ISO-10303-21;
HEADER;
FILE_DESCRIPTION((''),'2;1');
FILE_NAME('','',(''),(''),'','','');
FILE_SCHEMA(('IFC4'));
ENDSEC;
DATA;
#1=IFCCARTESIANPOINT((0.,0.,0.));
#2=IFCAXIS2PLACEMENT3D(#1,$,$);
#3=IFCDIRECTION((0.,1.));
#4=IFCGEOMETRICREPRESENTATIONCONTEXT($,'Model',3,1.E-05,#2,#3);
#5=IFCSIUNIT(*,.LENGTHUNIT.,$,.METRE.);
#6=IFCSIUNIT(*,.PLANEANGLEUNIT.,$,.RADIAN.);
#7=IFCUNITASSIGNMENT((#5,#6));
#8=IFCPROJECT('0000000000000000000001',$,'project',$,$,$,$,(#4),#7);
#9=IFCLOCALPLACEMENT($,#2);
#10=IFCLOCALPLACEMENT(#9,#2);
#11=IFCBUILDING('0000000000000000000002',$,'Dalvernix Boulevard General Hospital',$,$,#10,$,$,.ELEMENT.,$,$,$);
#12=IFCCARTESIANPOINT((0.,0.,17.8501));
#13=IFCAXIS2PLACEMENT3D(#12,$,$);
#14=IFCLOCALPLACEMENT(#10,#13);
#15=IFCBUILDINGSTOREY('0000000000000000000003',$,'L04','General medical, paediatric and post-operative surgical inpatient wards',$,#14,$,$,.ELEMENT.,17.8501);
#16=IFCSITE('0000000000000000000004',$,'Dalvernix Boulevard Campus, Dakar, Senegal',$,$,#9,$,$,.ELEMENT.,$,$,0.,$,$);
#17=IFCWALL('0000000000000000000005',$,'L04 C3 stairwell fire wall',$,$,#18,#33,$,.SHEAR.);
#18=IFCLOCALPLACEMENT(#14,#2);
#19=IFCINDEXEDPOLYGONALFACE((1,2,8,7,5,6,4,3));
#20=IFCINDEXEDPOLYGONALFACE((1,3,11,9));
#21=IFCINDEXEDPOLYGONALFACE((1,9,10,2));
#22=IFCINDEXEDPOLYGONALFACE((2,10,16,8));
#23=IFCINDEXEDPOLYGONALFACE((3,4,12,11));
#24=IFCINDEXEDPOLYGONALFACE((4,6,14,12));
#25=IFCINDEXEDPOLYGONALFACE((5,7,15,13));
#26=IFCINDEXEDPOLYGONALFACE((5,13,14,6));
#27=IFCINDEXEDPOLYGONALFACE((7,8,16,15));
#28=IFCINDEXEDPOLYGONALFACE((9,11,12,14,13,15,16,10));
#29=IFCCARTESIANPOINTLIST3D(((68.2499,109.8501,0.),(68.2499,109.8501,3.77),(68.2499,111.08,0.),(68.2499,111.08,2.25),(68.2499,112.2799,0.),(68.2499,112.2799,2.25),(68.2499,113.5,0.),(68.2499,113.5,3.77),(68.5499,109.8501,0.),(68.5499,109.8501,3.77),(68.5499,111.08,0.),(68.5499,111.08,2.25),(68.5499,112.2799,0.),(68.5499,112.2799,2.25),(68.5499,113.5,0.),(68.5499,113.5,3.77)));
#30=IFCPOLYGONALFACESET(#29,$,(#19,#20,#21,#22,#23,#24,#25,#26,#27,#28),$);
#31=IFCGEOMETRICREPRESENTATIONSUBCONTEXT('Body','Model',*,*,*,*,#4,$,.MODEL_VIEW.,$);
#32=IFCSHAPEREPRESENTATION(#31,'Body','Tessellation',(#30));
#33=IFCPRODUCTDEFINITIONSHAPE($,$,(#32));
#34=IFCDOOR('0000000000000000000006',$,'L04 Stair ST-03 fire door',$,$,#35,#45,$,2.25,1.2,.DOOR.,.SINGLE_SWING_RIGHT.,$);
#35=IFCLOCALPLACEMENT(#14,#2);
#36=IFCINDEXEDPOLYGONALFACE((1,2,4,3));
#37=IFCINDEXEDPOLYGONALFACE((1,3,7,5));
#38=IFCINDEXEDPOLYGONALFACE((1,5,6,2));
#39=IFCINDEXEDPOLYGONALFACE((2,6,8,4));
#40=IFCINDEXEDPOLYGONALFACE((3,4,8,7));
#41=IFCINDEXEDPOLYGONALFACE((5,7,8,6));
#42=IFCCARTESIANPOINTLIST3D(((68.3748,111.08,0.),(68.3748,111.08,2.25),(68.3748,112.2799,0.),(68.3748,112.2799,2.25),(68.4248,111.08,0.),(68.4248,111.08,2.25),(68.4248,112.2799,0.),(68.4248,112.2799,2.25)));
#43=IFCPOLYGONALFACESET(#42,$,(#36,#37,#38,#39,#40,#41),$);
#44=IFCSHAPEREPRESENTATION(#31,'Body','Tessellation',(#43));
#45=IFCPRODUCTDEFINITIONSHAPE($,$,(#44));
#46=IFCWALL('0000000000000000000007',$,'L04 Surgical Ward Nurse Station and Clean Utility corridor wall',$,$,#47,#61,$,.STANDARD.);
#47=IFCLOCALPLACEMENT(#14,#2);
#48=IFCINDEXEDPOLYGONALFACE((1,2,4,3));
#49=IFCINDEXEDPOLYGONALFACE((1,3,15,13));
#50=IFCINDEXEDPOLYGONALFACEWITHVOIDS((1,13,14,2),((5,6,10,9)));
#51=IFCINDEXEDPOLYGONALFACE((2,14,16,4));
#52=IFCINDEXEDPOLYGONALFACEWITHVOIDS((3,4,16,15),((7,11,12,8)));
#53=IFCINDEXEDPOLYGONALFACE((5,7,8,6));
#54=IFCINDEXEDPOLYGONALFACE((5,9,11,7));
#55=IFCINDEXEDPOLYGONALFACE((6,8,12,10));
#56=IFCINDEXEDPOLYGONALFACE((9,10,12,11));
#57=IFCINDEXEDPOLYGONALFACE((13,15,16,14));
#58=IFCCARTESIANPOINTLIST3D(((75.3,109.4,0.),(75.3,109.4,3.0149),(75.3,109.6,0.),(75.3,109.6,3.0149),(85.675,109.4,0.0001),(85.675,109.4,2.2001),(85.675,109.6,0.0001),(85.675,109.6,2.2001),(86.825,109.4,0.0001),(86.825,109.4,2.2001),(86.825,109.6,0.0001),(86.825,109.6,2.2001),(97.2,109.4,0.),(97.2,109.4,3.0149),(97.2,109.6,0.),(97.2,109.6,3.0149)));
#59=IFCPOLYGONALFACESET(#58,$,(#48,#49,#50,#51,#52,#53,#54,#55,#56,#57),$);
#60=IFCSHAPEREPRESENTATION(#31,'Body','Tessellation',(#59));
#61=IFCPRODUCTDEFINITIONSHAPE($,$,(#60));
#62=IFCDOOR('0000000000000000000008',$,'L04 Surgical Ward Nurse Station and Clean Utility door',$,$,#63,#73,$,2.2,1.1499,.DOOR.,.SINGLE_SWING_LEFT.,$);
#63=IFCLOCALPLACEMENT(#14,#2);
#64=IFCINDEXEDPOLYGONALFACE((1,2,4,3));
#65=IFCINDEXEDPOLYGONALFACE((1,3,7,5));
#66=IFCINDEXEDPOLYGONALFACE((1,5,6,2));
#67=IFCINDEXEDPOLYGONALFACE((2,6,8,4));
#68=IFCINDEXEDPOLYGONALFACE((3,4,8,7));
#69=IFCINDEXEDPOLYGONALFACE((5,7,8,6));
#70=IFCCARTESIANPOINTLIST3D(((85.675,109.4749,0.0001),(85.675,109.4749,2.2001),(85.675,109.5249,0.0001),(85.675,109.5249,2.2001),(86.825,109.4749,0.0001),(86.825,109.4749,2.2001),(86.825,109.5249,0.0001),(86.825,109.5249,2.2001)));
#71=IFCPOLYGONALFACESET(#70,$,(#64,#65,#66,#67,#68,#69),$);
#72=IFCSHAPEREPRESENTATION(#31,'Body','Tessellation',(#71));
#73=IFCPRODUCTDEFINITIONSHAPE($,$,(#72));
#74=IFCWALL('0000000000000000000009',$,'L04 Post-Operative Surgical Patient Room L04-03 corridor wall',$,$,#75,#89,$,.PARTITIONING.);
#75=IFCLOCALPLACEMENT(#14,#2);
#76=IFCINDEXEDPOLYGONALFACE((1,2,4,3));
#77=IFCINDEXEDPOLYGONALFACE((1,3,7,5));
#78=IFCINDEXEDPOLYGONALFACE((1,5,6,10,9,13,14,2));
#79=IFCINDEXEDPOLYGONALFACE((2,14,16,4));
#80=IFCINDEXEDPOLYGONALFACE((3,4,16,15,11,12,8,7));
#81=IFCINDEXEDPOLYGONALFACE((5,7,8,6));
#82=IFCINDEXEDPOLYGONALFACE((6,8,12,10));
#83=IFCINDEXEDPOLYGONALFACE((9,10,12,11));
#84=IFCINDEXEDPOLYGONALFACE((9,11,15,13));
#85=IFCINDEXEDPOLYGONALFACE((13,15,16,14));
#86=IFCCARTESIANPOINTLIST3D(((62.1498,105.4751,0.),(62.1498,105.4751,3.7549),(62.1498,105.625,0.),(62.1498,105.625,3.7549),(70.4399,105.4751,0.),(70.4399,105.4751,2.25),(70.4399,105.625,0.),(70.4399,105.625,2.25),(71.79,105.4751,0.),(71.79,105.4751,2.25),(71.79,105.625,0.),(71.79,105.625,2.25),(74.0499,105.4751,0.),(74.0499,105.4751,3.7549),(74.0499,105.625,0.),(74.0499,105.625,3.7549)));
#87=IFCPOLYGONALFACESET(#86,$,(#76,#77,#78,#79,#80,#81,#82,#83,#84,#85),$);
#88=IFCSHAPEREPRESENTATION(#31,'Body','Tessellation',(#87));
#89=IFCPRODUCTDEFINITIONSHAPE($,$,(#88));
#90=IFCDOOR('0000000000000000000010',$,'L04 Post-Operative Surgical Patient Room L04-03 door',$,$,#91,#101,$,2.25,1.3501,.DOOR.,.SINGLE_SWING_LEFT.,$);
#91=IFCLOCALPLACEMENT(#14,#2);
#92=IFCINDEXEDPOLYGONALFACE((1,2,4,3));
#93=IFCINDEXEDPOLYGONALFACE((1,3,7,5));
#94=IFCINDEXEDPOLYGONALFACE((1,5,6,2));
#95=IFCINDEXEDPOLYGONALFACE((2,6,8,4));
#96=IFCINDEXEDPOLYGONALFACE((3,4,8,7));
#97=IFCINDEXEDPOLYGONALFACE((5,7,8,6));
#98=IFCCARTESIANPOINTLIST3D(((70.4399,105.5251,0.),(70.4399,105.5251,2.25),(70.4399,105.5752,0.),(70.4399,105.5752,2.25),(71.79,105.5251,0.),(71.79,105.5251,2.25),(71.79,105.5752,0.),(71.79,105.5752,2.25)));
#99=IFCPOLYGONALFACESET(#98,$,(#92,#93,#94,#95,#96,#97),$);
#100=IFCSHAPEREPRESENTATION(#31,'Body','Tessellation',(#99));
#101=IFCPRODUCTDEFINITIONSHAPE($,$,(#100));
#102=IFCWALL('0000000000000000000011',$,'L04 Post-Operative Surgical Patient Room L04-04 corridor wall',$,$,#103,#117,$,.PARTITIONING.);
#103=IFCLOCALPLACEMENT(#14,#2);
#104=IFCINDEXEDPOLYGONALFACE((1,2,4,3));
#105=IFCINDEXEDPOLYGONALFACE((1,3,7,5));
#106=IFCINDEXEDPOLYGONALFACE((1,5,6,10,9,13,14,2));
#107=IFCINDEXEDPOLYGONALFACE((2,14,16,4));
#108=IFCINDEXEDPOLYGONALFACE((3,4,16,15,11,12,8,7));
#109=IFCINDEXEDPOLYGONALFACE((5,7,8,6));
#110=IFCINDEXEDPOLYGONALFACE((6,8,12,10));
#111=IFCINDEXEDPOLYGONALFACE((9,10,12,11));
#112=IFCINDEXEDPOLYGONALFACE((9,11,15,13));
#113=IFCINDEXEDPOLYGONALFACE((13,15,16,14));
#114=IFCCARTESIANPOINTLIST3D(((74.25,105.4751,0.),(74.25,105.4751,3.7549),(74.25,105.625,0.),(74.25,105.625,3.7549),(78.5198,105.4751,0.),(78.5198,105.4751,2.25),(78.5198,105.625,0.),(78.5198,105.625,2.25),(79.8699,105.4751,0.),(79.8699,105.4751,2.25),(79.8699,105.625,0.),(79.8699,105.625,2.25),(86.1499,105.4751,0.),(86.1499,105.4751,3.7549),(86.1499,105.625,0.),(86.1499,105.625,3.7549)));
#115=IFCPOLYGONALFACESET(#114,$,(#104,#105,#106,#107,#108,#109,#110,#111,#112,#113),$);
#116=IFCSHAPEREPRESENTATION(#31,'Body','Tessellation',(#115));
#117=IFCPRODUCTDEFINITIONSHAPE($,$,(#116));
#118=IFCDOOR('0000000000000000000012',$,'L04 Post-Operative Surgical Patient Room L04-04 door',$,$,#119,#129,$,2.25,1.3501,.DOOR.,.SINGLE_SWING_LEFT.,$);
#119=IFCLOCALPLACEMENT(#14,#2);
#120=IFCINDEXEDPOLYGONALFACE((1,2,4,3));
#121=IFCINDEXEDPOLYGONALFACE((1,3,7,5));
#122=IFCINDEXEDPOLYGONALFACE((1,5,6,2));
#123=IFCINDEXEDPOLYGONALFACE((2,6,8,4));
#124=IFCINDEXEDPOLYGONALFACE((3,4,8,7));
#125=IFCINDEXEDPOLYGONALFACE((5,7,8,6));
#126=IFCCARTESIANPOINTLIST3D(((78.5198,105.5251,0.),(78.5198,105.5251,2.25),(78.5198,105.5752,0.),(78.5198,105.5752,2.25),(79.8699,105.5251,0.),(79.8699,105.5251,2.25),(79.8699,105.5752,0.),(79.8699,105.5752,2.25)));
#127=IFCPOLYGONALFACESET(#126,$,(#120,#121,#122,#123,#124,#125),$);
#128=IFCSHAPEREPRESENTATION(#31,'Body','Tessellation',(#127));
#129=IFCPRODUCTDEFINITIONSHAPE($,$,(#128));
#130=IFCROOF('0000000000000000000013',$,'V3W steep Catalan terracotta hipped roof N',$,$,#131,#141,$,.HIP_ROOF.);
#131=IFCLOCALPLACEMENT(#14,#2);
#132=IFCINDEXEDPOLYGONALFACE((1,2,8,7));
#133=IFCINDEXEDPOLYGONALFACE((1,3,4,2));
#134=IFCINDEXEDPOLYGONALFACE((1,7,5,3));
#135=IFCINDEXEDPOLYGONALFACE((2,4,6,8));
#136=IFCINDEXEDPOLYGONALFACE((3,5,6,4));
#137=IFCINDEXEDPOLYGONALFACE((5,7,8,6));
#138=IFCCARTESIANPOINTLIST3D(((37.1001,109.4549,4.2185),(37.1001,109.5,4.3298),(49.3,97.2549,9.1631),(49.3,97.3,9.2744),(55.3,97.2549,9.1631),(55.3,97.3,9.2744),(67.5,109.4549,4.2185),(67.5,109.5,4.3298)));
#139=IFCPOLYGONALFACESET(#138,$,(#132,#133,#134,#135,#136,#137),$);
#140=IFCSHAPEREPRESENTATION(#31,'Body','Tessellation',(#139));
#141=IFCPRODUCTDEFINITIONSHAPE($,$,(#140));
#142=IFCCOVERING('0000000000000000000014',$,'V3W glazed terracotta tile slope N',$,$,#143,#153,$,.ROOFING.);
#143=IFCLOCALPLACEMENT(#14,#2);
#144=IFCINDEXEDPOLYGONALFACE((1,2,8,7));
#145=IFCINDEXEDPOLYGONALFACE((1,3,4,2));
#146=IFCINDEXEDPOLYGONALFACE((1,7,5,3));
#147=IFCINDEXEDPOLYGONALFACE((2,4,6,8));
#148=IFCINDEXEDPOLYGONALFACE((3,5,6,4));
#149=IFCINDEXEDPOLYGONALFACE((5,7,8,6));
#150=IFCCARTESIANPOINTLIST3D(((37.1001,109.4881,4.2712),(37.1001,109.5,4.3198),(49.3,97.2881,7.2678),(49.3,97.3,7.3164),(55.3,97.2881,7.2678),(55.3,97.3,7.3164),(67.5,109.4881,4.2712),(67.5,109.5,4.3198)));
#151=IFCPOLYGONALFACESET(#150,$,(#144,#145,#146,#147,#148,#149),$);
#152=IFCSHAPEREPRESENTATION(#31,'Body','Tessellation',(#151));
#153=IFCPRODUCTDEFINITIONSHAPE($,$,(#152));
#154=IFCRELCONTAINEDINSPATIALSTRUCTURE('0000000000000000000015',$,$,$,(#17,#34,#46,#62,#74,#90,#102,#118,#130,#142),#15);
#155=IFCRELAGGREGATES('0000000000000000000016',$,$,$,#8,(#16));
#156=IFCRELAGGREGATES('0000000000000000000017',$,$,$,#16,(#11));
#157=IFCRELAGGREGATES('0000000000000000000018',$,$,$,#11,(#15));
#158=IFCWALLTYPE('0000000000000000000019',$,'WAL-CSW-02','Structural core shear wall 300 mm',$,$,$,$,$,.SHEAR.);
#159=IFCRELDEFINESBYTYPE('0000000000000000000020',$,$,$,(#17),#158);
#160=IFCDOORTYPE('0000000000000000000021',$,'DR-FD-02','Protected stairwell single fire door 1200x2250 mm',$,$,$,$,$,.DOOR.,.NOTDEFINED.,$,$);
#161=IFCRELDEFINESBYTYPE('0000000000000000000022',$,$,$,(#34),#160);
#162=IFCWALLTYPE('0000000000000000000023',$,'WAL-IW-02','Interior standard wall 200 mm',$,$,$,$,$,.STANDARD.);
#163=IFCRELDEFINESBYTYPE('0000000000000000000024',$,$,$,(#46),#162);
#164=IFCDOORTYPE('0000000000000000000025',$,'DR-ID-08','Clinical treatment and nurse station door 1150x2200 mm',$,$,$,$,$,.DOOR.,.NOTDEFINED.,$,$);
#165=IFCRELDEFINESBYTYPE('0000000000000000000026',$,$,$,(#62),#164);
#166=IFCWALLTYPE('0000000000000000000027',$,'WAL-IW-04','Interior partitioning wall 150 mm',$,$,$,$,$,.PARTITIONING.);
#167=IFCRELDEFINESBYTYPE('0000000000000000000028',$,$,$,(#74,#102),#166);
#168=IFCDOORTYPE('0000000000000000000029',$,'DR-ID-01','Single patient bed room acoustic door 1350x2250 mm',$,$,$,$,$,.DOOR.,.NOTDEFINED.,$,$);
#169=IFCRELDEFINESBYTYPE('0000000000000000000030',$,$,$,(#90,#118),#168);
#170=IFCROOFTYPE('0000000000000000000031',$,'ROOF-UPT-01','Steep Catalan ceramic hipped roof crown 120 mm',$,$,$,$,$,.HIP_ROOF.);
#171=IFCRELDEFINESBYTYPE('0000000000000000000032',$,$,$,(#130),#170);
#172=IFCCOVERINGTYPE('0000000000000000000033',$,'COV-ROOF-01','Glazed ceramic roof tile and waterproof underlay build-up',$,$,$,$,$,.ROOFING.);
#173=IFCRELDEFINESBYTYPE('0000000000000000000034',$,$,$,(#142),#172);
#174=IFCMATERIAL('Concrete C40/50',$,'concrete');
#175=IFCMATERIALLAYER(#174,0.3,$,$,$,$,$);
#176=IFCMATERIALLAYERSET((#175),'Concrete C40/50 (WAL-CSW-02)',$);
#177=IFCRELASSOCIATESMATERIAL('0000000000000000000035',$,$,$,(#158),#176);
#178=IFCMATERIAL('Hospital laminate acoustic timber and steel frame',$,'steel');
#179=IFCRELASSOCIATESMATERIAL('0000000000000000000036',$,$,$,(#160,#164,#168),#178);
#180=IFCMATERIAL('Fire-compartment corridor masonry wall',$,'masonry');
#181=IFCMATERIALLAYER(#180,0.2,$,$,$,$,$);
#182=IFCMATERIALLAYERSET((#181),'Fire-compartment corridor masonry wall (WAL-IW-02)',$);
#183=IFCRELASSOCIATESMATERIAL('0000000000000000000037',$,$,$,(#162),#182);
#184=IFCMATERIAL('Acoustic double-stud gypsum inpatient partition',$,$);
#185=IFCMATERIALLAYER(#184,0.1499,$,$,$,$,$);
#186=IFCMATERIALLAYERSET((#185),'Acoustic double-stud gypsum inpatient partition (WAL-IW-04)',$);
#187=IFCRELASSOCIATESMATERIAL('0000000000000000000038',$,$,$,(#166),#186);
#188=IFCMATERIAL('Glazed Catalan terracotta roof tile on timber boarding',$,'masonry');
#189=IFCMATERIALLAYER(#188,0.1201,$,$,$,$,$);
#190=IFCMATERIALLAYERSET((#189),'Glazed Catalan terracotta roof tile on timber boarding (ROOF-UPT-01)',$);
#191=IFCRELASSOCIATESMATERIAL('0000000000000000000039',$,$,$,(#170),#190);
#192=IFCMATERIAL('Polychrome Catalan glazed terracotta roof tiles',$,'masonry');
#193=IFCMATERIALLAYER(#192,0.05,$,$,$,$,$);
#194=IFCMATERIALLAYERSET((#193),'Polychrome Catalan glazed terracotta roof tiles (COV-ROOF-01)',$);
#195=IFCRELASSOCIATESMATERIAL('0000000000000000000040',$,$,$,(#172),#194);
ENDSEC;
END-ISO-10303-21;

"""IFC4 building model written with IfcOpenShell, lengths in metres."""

from ifc_helpers import new_model, si_unit, direction, frame, frame_2d, origin, place, context, subcontext, project, spatial, polyline, rectangle, outline, extrude, material, layer, layer_set, type_object, element, fill, save


model = new_model("IFC4")

# Units and contexts
model_context = context("Model", 3, precision=1e-05, world=origin(), true_north=direction((0.0, 1.0)))
body_context = subcontext(model_context, "Body", "Model", "MODEL_VIEW")
ifc_project = project(units=[si_unit("LENGTHUNIT", "METRE"), si_unit("PLANEANGLEUNIT", "RADIAN")], contexts=[model_context])

# Site, building, storey
site_placement = place(None, origin())
site = spatial("IfcSite", under=ifc_project, at=site_placement, Name="Dalvernix Boulevard Campus, Dakar, Senegal", CompositionType="ELEMENT", RefElevation=0.0)
building_placement = place(site_placement, origin())
building = spatial("IfcBuilding", under=site, at=building_placement, Name="Dalvernix Boulevard General Hospital", CompositionType="ELEMENT")
storey_placement = place(building_placement, frame((0.0, 0.0, 17.8501)))
storey = spatial("IfcBuildingStorey", under=building, at=storey_placement, Name="L04", Description="General medical, paediatric and post-operative surgical inpatient wards", CompositionType="ELEMENT", Elevation=17.8501)

# Shared definitions
ifc_material_1 = material(Name="Concrete C40/50", Category="concrete")

# Shared definitions
ifc_material_2 = material(Name="Hospital laminate acoustic timber and steel frame", Category="steel")

# Walls, openings, doors
ifc_layer_1 = layer(ifc_material_1, 0.3)
ifc_layer_set_1 = layer_set([ifc_layer_1], Name="Concrete C40/50 (WAL-CSW-02)")
wall_type_1 = type_object("IfcWallType", Name="WAL-CSW-02", Description="Structural core shear wall 300 mm", PredefinedType="SHEAR", material=ifc_layer_set_1)
wall_1_placement = place(storey_placement, frame((68.3999, 113.5, 0.0), z_axis=(0.0, 0.0, 1.0), x_axis=(0.0, -1.0, 0.0)))
wall_1 = element("IfcWall", 1, at=wall_1_placement, inside=storey, type_object=wall_type_1, Name="L04 C3 stairwell fire wall", PredefinedType="SHEAR", context=body_context, shape_type="SweptSolid", body=[
    extrude(rectangle(XDim=3.6499, YDim=0.3, at=frame_2d((1.825, 0.0))), origin(), (0.0, 0.0, 1.0), 3.77),
])
opening_1_placement = place(wall_1_placement, frame((1.22, 0.0, 0.0)))
opening_1 = element("IfcOpeningElement", 2, at=opening_1_placement, cuts=wall_1, PredefinedType="OPENING", context=body_context, shape_type="SweptSolid", body=[
    extrude(rectangle(XDim=1.2, YDim=2.25, at=frame_2d((0.6001, 1.125))), frame((0.0, 0.1599, 0.0), z_axis=(0.0, -1.0, 0.0), x_axis=(1.0, 0.0, 0.0)), (0.0, 0.0, 1.0), 0.3201),
])
door_type_1 = type_object("IfcDoorType", Name="DR-FD-02", Description="Protected stairwell single fire door 1200x2250 mm", OperationType="NOTDEFINED", PredefinedType="DOOR", material=ifc_material_2)
door_1_placement = place(opening_1_placement, origin())
door_1 = element("IfcDoor", 3, at=door_1_placement, inside=storey, type_object=door_type_1, Name="L04 Stair ST-03 fire door", OperationType="SINGLE_SWING_RIGHT", OverallHeight=2.25, OverallWidth=1.2, PredefinedType="DOOR", context=body_context, shape_type="SweptSolid", body=[
    extrude(rectangle(XDim=1.2, YDim=2.25, at=frame_2d((0.6001, 1.125))), frame((0.0, 0.0249, 0.0), z_axis=(0.0, -1.0, 0.0), x_axis=(1.0, 0.0, 0.0)), (0.0, 0.0, 1.0), 0.05),
])
fill(opening_1, door_1)
ifc_material_3 = material(Name="Fire-compartment corridor masonry wall", Category="masonry")
ifc_layer_2 = layer(ifc_material_3, 0.2)
ifc_layer_set_2 = layer_set([ifc_layer_2], Name="Fire-compartment corridor masonry wall (WAL-IW-02)")
wall_type_2 = type_object("IfcWallType", Name="WAL-IW-02", Description="Interior standard wall 200 mm", PredefinedType="STANDARD", material=ifc_layer_set_2)
wall_2_placement = place(storey_placement, frame((75.3, 109.5, 0.0), z_axis=(0.0, 0.0, 1.0), x_axis=(1.0, 0.0, 0.0)))
wall_2 = element("IfcWall", 4, at=wall_2_placement, inside=storey, type_object=wall_type_2, Name="L04 Surgical Ward Nurse Station and Clean Utility corridor wall", PredefinedType="STANDARD", context=body_context, shape_type="SweptSolid", body=[
    extrude(rectangle(XDim=21.8999, YDim=0.2, at=frame_2d((10.95, 0.0))), origin(), (0.0, 0.0, 1.0), 3.0149),
])
opening_2_placement = place(wall_2_placement, frame((10.375, 0.0, 0.0)))
opening_2 = element("IfcOpeningElement", 5, at=opening_2_placement, cuts=wall_2, PredefinedType="OPENING", context=body_context, shape_type="SweptSolid", body=[
    extrude(rectangle(XDim=1.1499, YDim=2.2, at=frame_2d((0.575, 1.1001))), frame((0.0, 0.1099, 0.0), z_axis=(0.0, -1.0, 0.0), x_axis=(1.0, 0.0, 0.0)), (0.0, 0.0, 1.0), 0.22),
])
door_type_2 = type_object("IfcDoorType", Name="DR-ID-08", Description="Clinical treatment and nurse station door 1150x2200 mm", OperationType="NOTDEFINED", PredefinedType="DOOR", material=ifc_material_2)
door_2_placement = place(opening_2_placement, origin())
door_2 = element("IfcDoor", 6, at=door_2_placement, inside=storey, type_object=door_type_2, Name="L04 Surgical Ward Nurse Station and Clean Utility door", OperationType="SINGLE_SWING_LEFT", OverallHeight=2.2, OverallWidth=1.1499, PredefinedType="DOOR", context=body_context, shape_type="SweptSolid", body=[
    extrude(rectangle(XDim=1.1499, YDim=2.2, at=frame_2d((0.575, 1.1001))), frame((0.0, 0.0249, 0.0), z_axis=(0.0, -1.0, 0.0), x_axis=(1.0, 0.0, 0.0)), (0.0, 0.0, 1.0), 0.05),
])
fill(opening_2, door_2)
ifc_material_4 = material(Name="Acoustic double-stud gypsum inpatient partition")
ifc_layer_3 = layer(ifc_material_4, 0.1499)
ifc_layer_set_3 = layer_set([ifc_layer_3], Name="Acoustic double-stud gypsum inpatient partition (WAL-IW-04)")
wall_type_3 = type_object("IfcWallType", Name="WAL-IW-04", Description="Interior partitioning wall 150 mm", PredefinedType="PARTITIONING", material=ifc_layer_set_3)
wall_3_placement = place(storey_placement, frame((74.05, 105.55, 0.0), z_axis=(0.0, 0.0, 1.0), x_axis=(-1.0, 0.0, 0.0)))
wall_3 = element("IfcWall", 7, at=wall_3_placement, inside=storey, type_object=wall_type_3, Name="L04 Post-Operative Surgical Patient Room L04-03 corridor wall", PredefinedType="PARTITIONING", context=body_context, shape_type="SweptSolid", body=[
    extrude(rectangle(XDim=11.9001, YDim=0.1499, at=frame_2d((5.9502, 0.0))), origin(), (0.0, 0.0, 1.0), 3.7549),
])
opening_3_placement = place(wall_3_placement, frame((2.26, 0.0, 0.0)))
opening_3 = element("IfcOpeningElement", 8, at=opening_3_placement, cuts=wall_3, PredefinedType="OPENING", context=body_context, shape_type="SweptSolid", body=[
    extrude(rectangle(XDim=1.3501, YDim=2.25, at=frame_2d((0.675, 1.125))), frame((0.0, 0.085, 0.0), z_axis=(0.0, -1.0, 0.0), x_axis=(1.0, 0.0, 0.0)), (0.0, 0.0, 1.0), 0.1699),
])
door_type_3 = type_object("IfcDoorType", Name="DR-ID-01", Description="Single patient bed room acoustic door 1350x2250 mm", OperationType="NOTDEFINED", PredefinedType="DOOR", material=ifc_material_2)
door_3_placement = place(opening_3_placement, origin())
door_3 = element("IfcDoor", 9, at=door_3_placement, inside=storey, type_object=door_type_3, Name="L04 Post-Operative Surgical Patient Room L04-03 door", OperationType="SINGLE_SWING_LEFT", OverallHeight=2.25, OverallWidth=1.3501, PredefinedType="DOOR", context=body_context, shape_type="SweptSolid", body=[
    extrude(rectangle(XDim=1.3501, YDim=2.25, at=frame_2d((0.675, 1.125))), frame((0.0, 0.0249, 0.0), z_axis=(0.0, -1.0, 0.0), x_axis=(1.0, 0.0, 0.0)), (0.0, 0.0, 1.0), 0.05),
])
fill(opening_3, door_3)
wall_4_placement = place(storey_placement, frame((86.1499, 105.55, 0.0), z_axis=(0.0, 0.0, 1.0), x_axis=(-1.0, 0.0, 0.0)))
wall_4 = element("IfcWall", 10, at=wall_4_placement, inside=storey, type_object=wall_type_3, Name="L04 Post-Operative Surgical Patient Room L04-04 corridor wall", PredefinedType="PARTITIONING", context=body_context, shape_type="SweptSolid", body=[
    extrude(rectangle(XDim=11.8999, YDim=0.1499, at=frame_2d((5.95, 0.0))), origin(), (0.0, 0.0, 1.0), 3.7549),
])
opening_4_placement = place(wall_4_placement, frame((6.28, 0.0, 0.0)))
opening_4 = element("IfcOpeningElement", 11, at=opening_4_placement, cuts=wall_4, PredefinedType="OPENING", context=body_context, shape_type="SweptSolid", body=[
    extrude(rectangle(XDim=1.3501, YDim=2.25, at=frame_2d((0.675, 1.125))), frame((0.0, 0.085, 0.0), z_axis=(0.0, -1.0, 0.0), x_axis=(1.0, 0.0, 0.0)), (0.0, 0.0, 1.0), 0.1699),
])
door_4_placement = place(opening_4_placement, origin())
door_4 = element("IfcDoor", 12, at=door_4_placement, inside=storey, type_object=door_type_3, Name="L04 Post-Operative Surgical Patient Room L04-04 door", OperationType="SINGLE_SWING_LEFT", OverallHeight=2.25, OverallWidth=1.3501, PredefinedType="DOOR", context=body_context, shape_type="SweptSolid", body=[
    extrude(rectangle(XDim=1.3501, YDim=2.25, at=frame_2d((0.675, 1.125))), frame((0.0, 0.0249, 0.0), z_axis=(0.0, -1.0, 0.0), x_axis=(1.0, 0.0, 0.0)), (0.0, 0.0, 1.0), 0.05),
])
fill(opening_4, door_4)

# Roof
ifc_material_5 = material(Name="Glazed Catalan terracotta roof tile on timber boarding", Category="masonry")
ifc_layer_4 = layer(ifc_material_5, 0.1201)
ifc_layer_set_4 = layer_set([ifc_layer_4], Name="Glazed Catalan terracotta roof tile on timber boarding (ROOF-UPT-01)")
roof_type_1 = type_object("IfcRoofType", Name="ROOF-UPT-01", Description="Steep Catalan ceramic hipped roof crown 120 mm", PredefinedType="HIP_ROOF", material=ifc_layer_set_4)
roof_1_placement = place(storey_placement, frame((67.5, 109.5, 4.3298), z_axis=(0.0, 0.375617, 0.926775), x_axis=(-1.0, 0.0, 0.0)))
element("IfcRoof", 13, at=roof_1_placement, inside=storey, type_object=roof_type_1, Name="V3W steep Catalan terracotta hipped roof N", PredefinedType="HIP_ROOF", context=body_context, shape_type="SweptSolid", body=[
    extrude(outline(polyline([(0.0, 0.0), (30.3999, 0.0), (18.2, 13.1639), (12.2, 13.1639), (0.0, 0.0)])), origin(), (0.0, 0.0, -1.0), 0.1201),
])

# Covering
ifc_material_6 = material(Name="Polychrome Catalan glazed terracotta roof tiles", Category="masonry")
ifc_layer_5 = layer(ifc_material_6, 0.05)
ifc_layer_set_5 = layer_set([ifc_layer_5], Name="Polychrome Catalan glazed terracotta roof tiles (COV-ROOF-01)")
covering_type = type_object("IfcCoveringType", Name="COV-ROOF-01", Description="Glazed ceramic roof tile and waterproof underlay build-up", PredefinedType="ROOFING", material=ifc_layer_set_5)
covering_placement = place(storey_placement, frame((67.5, 109.5, 4.3198), z_axis=(0.0, 0.238532, 0.971135), x_axis=(-1.0, 0.0, 0.0)))
element("IfcCovering", 14, at=covering_placement, inside=storey, type_object=covering_type, Name="V3W glazed terracotta tile slope N", PredefinedType="ROOFING", context=body_context, shape_type="SweptSolid", body=[
    extrude(outline(polyline([(0.0, 0.0), (30.3999, 0.0), (18.2, 12.5626), (12.2, 12.5626), (0.0, 0.0)])), origin(), (0.0, 0.0, -1.0), 0.05),
])

save(model, "model.ifc")
